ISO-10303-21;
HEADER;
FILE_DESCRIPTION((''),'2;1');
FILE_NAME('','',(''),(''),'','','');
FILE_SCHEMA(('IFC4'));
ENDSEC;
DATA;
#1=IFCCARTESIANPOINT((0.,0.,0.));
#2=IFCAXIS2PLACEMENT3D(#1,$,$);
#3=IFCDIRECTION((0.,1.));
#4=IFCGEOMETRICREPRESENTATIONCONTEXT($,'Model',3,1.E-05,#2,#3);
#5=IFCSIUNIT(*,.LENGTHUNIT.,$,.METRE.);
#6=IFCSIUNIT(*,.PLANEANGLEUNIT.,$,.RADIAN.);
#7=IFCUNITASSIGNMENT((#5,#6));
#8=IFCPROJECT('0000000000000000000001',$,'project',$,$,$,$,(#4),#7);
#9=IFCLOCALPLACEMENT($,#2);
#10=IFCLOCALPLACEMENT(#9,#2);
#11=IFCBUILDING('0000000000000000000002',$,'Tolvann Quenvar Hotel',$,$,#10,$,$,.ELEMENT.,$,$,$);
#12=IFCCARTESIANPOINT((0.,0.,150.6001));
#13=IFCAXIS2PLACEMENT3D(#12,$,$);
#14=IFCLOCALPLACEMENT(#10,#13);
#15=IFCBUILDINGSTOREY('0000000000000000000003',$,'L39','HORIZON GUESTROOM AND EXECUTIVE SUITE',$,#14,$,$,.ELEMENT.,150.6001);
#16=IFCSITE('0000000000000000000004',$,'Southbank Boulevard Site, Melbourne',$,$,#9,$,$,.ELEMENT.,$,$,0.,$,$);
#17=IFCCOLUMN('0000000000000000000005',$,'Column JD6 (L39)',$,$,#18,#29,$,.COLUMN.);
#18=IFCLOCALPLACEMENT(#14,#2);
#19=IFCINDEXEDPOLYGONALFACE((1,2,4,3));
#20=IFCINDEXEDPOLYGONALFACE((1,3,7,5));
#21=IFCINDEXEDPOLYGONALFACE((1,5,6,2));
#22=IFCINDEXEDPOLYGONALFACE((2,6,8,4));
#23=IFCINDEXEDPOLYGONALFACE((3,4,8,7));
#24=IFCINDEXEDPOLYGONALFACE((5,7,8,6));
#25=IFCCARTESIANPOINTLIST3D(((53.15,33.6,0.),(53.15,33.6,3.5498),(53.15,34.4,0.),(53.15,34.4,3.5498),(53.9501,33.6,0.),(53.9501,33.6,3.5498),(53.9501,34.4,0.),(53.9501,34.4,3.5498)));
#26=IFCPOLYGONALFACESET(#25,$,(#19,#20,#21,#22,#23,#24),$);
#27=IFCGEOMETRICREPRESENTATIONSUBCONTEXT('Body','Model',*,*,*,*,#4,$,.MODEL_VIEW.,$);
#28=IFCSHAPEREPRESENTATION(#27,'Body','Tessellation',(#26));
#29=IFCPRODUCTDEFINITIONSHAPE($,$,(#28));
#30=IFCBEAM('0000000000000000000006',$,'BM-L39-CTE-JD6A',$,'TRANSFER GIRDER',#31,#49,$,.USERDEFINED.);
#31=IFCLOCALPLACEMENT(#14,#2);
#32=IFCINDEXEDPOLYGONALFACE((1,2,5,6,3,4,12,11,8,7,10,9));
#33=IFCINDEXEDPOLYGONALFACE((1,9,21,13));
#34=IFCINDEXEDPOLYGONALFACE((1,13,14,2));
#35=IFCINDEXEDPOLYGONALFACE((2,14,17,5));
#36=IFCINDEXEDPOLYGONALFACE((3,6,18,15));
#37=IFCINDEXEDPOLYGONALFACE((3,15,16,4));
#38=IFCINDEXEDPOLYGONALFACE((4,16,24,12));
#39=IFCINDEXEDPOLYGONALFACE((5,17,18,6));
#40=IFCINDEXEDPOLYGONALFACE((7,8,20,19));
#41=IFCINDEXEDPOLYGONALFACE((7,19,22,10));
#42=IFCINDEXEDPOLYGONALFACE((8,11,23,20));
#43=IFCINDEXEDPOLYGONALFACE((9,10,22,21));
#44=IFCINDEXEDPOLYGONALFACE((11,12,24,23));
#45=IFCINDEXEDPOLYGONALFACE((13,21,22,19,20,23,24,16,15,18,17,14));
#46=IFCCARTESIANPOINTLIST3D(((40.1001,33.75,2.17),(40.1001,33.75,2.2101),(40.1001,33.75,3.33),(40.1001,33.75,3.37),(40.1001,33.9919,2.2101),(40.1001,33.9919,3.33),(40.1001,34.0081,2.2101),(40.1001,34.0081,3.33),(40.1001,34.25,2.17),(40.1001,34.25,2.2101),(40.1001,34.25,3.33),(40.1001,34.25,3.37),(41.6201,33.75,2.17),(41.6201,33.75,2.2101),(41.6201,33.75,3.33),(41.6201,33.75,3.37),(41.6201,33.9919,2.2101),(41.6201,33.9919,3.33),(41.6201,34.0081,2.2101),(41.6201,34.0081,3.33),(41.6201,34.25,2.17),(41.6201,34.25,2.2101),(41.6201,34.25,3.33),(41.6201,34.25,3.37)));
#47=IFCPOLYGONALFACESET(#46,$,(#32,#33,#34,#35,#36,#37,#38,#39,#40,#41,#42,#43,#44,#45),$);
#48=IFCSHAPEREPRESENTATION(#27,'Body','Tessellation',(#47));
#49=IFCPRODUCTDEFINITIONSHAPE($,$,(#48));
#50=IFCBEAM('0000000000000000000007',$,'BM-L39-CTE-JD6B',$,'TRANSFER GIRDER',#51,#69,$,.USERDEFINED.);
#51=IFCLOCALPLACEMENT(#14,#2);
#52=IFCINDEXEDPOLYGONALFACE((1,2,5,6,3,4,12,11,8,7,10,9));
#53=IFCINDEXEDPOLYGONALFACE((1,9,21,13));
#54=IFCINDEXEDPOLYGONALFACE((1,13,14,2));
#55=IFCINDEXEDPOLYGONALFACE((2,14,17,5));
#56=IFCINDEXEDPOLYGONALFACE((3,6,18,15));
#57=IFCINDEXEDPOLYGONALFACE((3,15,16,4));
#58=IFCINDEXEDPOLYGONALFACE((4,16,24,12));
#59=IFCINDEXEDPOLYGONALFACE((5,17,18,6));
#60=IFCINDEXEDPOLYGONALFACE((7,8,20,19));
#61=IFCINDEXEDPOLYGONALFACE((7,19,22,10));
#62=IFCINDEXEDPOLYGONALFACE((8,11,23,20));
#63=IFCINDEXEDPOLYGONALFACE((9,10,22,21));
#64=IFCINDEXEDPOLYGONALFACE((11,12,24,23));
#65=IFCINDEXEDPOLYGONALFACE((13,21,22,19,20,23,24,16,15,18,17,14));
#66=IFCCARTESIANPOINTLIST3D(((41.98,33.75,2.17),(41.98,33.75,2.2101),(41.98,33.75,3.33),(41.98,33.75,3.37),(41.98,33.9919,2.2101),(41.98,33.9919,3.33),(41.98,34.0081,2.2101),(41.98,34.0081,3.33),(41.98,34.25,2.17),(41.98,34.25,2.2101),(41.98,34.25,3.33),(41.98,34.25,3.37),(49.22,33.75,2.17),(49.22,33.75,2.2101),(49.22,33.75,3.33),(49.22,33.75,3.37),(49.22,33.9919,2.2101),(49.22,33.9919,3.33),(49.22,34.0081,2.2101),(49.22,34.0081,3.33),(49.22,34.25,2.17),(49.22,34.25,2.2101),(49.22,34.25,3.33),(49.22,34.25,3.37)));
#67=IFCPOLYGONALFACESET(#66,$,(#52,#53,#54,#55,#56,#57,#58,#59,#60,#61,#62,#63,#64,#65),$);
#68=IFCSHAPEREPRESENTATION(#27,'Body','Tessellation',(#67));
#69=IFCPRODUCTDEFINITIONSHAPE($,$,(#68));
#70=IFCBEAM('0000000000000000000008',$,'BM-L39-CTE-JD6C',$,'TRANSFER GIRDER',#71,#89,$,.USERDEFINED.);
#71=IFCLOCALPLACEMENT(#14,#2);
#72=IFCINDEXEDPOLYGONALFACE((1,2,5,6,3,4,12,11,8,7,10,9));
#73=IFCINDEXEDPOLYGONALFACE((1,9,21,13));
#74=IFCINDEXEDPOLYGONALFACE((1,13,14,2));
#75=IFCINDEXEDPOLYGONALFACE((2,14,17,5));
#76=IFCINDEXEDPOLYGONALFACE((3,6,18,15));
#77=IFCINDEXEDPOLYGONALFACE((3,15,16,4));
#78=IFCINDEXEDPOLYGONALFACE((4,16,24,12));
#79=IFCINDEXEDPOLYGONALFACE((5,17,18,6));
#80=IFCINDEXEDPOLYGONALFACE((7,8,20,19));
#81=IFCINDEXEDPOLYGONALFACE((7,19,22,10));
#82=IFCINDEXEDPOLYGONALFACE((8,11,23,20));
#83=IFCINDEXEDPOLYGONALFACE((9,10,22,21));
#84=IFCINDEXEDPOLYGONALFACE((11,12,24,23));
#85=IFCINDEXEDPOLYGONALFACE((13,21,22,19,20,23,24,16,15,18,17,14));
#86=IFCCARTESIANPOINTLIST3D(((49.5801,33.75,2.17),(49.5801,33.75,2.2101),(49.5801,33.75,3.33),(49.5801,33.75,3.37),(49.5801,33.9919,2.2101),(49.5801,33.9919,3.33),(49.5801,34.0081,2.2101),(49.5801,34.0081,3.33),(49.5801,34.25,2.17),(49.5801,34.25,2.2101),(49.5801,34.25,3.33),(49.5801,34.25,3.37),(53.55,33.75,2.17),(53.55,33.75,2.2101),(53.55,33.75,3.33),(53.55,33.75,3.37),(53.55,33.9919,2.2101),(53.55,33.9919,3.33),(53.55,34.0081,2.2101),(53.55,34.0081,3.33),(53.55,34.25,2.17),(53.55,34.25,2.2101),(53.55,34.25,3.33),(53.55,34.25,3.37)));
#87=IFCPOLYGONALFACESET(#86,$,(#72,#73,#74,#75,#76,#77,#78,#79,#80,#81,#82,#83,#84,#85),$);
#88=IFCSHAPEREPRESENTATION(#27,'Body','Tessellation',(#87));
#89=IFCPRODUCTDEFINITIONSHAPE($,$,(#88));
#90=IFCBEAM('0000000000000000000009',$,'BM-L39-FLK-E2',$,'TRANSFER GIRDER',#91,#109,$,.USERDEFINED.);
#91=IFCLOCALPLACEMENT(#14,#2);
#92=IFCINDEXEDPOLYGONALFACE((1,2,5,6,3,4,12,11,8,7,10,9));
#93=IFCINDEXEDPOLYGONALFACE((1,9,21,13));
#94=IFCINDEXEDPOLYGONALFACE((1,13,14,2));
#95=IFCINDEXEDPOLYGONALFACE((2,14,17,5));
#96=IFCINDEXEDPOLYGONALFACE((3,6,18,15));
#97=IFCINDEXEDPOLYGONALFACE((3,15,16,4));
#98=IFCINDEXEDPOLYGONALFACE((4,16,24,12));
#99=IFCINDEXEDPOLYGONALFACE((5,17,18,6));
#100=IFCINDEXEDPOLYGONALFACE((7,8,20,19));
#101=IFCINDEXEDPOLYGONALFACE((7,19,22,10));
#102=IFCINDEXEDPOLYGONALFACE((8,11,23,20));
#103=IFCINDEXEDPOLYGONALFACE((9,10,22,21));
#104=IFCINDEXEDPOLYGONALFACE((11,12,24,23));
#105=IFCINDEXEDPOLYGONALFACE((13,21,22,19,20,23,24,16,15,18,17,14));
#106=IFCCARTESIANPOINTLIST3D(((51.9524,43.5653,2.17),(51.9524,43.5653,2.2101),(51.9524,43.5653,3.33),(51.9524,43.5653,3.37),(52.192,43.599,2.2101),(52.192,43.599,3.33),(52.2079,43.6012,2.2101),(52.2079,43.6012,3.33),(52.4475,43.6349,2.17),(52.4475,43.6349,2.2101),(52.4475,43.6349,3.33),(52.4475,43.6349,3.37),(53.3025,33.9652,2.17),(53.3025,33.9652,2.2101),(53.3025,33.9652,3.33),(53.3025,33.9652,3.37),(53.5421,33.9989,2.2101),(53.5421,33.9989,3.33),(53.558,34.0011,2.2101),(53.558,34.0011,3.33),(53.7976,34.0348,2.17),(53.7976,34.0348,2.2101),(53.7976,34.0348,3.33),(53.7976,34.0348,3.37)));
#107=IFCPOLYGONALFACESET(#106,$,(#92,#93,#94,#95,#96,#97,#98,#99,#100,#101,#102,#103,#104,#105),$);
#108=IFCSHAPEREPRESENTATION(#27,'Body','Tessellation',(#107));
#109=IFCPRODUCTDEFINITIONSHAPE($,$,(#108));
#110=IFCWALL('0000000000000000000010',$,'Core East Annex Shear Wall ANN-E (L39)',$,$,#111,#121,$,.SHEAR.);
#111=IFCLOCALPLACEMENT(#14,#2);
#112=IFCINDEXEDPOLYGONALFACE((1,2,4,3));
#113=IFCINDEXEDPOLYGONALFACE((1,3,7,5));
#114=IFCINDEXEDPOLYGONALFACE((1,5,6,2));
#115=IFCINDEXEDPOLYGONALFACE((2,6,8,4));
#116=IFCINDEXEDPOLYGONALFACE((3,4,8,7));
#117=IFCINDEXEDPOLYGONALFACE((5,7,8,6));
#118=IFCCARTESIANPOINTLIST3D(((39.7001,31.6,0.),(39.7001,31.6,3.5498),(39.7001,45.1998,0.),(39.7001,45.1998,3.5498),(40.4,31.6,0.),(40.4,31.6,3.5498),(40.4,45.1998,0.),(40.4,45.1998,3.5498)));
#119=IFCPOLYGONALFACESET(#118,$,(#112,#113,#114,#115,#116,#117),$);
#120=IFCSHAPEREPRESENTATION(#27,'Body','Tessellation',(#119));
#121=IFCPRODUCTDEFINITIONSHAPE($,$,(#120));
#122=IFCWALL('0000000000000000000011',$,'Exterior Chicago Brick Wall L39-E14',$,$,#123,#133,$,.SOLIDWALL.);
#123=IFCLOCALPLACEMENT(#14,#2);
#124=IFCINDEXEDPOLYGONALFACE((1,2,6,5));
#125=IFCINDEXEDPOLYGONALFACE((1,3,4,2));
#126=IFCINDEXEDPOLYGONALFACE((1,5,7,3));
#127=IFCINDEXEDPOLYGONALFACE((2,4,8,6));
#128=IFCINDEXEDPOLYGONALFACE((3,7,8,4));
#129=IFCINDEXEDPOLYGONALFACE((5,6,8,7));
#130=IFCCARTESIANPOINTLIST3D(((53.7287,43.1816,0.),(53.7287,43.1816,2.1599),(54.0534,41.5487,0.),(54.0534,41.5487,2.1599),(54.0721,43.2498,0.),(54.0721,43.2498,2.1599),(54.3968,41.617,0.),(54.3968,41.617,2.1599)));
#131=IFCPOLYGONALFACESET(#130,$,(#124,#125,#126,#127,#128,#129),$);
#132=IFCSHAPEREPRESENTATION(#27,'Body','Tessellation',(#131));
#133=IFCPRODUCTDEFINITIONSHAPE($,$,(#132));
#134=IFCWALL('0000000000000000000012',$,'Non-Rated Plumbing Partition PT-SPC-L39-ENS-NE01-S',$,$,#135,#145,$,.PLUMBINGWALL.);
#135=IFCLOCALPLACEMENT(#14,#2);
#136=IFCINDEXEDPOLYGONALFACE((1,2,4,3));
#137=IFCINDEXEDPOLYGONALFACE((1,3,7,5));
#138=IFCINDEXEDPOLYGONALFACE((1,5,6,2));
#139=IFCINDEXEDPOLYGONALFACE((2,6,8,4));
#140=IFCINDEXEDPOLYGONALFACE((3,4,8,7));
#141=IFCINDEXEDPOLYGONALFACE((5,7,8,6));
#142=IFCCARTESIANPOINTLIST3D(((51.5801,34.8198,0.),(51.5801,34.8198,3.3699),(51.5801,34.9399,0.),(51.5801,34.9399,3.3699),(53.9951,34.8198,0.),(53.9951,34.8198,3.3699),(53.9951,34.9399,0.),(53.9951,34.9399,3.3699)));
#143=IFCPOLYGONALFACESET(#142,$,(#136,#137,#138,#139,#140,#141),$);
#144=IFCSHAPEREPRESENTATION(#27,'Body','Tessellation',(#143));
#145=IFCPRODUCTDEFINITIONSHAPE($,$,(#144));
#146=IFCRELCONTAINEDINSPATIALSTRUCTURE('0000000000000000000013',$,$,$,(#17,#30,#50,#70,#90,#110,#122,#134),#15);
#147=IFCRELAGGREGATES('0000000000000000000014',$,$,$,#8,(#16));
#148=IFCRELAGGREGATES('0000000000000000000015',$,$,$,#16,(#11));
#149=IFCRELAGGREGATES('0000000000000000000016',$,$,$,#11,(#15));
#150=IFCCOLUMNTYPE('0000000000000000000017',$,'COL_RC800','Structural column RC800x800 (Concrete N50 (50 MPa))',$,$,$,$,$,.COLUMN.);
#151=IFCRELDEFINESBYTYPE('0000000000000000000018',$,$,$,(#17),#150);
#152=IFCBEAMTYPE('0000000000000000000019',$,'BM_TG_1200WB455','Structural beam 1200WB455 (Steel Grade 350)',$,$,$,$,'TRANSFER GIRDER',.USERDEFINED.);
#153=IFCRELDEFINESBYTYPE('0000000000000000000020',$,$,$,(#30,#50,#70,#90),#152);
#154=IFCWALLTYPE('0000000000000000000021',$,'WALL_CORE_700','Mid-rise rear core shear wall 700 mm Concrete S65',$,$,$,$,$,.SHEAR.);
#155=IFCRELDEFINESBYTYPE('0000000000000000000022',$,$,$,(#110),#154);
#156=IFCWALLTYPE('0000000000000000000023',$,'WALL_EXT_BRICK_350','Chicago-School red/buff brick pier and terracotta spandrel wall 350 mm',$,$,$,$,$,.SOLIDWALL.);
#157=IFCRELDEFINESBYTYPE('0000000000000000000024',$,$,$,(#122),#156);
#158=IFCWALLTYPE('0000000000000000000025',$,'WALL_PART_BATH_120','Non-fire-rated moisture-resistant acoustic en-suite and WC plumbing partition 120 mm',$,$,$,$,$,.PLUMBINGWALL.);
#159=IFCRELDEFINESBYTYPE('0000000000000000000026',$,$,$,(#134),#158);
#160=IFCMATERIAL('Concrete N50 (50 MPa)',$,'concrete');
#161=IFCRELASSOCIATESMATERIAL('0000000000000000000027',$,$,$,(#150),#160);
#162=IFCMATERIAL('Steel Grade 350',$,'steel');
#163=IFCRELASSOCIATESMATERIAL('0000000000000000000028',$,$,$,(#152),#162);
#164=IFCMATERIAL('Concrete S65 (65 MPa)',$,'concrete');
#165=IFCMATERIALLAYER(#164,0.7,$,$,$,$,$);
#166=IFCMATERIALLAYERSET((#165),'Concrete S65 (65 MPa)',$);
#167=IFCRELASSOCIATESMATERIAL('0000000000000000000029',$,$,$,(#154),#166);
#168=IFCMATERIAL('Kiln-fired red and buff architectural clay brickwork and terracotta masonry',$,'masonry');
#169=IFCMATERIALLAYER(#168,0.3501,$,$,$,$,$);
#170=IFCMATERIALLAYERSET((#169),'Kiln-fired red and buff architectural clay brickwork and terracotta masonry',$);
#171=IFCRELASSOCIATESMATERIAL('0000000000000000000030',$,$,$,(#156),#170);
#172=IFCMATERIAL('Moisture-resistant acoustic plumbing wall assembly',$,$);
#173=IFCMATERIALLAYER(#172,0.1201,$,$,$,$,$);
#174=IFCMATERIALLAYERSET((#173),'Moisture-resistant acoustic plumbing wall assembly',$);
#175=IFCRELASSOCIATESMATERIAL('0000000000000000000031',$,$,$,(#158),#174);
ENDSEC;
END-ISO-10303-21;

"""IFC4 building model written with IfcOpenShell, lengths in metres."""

from ifc_helpers import new_model, si_unit, direction, frame, frame_2d, origin, origin_2d, place, context, subcontext, project, spatial, rectangle, i_section, extrude, source, transform, mapped, material, layer, layer_set, material_profile, profile_set, type_object, type_shapes, element, save


model = new_model("IFC4")

# Units and contexts
model_context = context("Model", 3, precision=1e-05, world=origin(), true_north=direction((0.0, 1.0)))
body_context = subcontext(model_context, "Body", "Model", "MODEL_VIEW")
ifc_project = project(units=[si_unit("LENGTHUNIT", "METRE"), si_unit("PLANEANGLEUNIT", "RADIAN")], contexts=[model_context])

# Site, building, storey
site_placement = place(None, origin())
site = spatial("IfcSite", under=ifc_project, at=site_placement, Name="Southbank Boulevard Site, Melbourne", CompositionType="ELEMENT", RefElevation=0.0)
building_placement = place(site_placement, origin())
building = spatial("IfcBuilding", under=site, at=building_placement, Name="Tolvann Quenvar Hotel", CompositionType="ELEMENT")
storey_placement = place(building_placement, frame((0.0, 0.0, 150.6001)))
storey = spatial("IfcBuildingStorey", under=building, at=storey_placement, Name="L39", Description="HORIZON GUESTROOM AND EXECUTIVE SUITE", CompositionType="ELEMENT", Elevation=150.6001)

# Column
ifc_material_1 = material(Name="Concrete N50 (50 MPa)", Category="concrete")
ifc_material_profile_1 = material_profile(ifc_material_1, rectangle(XDim=0.8, YDim=0.8, at=origin_2d()), Name="RC800x800")
ifc_profile_set_1 = profile_set([ifc_material_profile_1], Name="Concrete N50 (50 MPa)")
column_type = type_object("IfcColumnType", Name="COL_RC800", Description="Structural column RC800x800 (Concrete N50 (50 MPa))", PredefinedType="COLUMN", material=ifc_profile_set_1)
shared_shape_1 = source(origin(), body_context, "Body", "SweptSolid", [
    extrude(rectangle(XDim=0.8, YDim=0.8, at=origin_2d()), origin(), (0.0, 0.0, 1.0), 3.5498),
])
type_shapes(column_type, [shared_shape_1])
column_placement = place(storey_placement, frame((53.55, 34.0, 0.0), z_axis=(0.0, 0.0, 1.0), x_axis=(1.0, 0.0, 0.0)))
element("IfcColumn", 1, at=column_placement, inside=storey, type_object=column_type, Name="Column JD6 (L39)", PredefinedType="COLUMN", context=body_context, shape_type="MappedRepresentation", body=[
    mapped(shared_shape_1, transform((0.0, 0.0, 0.0), x_axis=(1.0, 0.0, 0.0), y_axis=(0.0, 1.0, 0.0), z_axis=(0.0, 0.0, 1.0), scale=1.0)),
])

# Beams
ifc_material_2 = material(Name="Steel Grade 350", Category="steel")
ifc_material_profile_2 = material_profile(ifc_material_2, i_section(OverallWidth=0.5, OverallDepth=1.2, WebThickness=0.0161, FlangeThickness=0.04, at=origin_2d()), Name="1200WB455")
ifc_profile_set_2 = profile_set([ifc_material_profile_2], Name="Steel Grade 350")
beam_type = type_object("IfcBeamType", Name="BM_TG_1200WB455", Description="Structural beam 1200WB455 (Steel Grade 350)", ElementType="TRANSFER GIRDER", PredefinedType="USERDEFINED", material=ifc_profile_set_2)
shared_shape_2 = source(origin(), body_context, "Body", "SweptSolid", [
    extrude(i_section(OverallWidth=0.5, OverallDepth=1.2, WebThickness=0.0161, FlangeThickness=0.04, at=origin_2d()), origin(), (0.0, 0.0, 1.0), 1.52),
])
beam_1_placement = place(storey_placement, frame((40.1001, 34.0, 2.77), z_axis=(1.0, 0.0, 0.0), x_axis=(0.0, 1.0, 0.0)))
element("IfcBeam", 2, at=beam_1_placement, inside=storey, type_object=beam_type, Name="BM-L39-CTE-JD6A", ObjectType="TRANSFER GIRDER", PredefinedType="USERDEFINED", context=body_context, shape_type="MappedRepresentation", body=[
    mapped(shared_shape_2, transform((0.0, 0.0, 0.0), x_axis=(1.0, 0.0, 0.0), y_axis=(0.0, 1.0, 0.0), z_axis=(0.0, 0.0, 1.0), scale=1.0)),
])
shared_shape_3 = source(origin(), body_context, "Body", "SweptSolid", [
    extrude(i_section(OverallWidth=0.5, OverallDepth=1.2, WebThickness=0.0161, FlangeThickness=0.04, at=origin_2d()), origin(), (0.0, 0.0, 1.0), 7.24),
])
beam_2_placement = place(storey_placement, frame((41.98, 34.0, 2.77), z_axis=(1.0, 0.0, 0.0), x_axis=(0.0, 1.0, 0.0)))
element("IfcBeam", 3, at=beam_2_placement, inside=storey, type_object=beam_type, Name="BM-L39-CTE-JD6B", ObjectType="TRANSFER GIRDER", PredefinedType="USERDEFINED", context=body_context, shape_type="MappedRepresentation", body=[
    mapped(shared_shape_3, transform((0.0, 0.0, 0.0), x_axis=(1.0, 0.0, 0.0), y_axis=(0.0, 1.0, 0.0), z_axis=(0.0, 0.0, 1.0), scale=1.0)),
])
shared_shape_4 = source(origin(), body_context, "Body", "SweptSolid", [
    extrude(i_section(OverallWidth=0.5, OverallDepth=1.2, WebThickness=0.0161, FlangeThickness=0.04, at=origin_2d()), origin(), (0.0, 0.0, 1.0), 3.97),
])
beam_3_placement = place(storey_placement, frame((49.5801, 34.0, 2.77), z_axis=(1.0, 0.0, 0.0), x_axis=(0.0, 1.0, 0.0)))
element("IfcBeam", 4, at=beam_3_placement, inside=storey, type_object=beam_type, Name="BM-L39-CTE-JD6C", ObjectType="TRANSFER GIRDER", PredefinedType="USERDEFINED", context=body_context, shape_type="MappedRepresentation", body=[
    mapped(shared_shape_4, transform((0.0, 0.0, 0.0), x_axis=(1.0, 0.0, 0.0), y_axis=(0.0, 1.0, 0.0), z_axis=(0.0, 0.0, 1.0), scale=1.0)),
])
shared_shape_5 = source(origin(), body_context, "Body", "SweptSolid", [
    extrude(i_section(OverallWidth=0.5, OverallDepth=1.2, WebThickness=0.0161, FlangeThickness=0.04, at=origin_2d()), origin(), (0.0, 0.0, 1.0), 9.6946),
])
type_shapes(beam_type, [shared_shape_2, shared_shape_3, shared_shape_4, shared_shape_5])
beam_4_placement = place(storey_placement, frame((53.55, 34.0, 2.77), z_axis=(-0.139263, 0.990255, 0.0), x_axis=(-0.990255, -0.139263, 0.0)))
element("IfcBeam", 5, at=beam_4_placement, inside=storey, type_object=beam_type, Name="BM-L39-FLK-E2", ObjectType="TRANSFER GIRDER", PredefinedType="USERDEFINED", context=body_context, shape_type="MappedRepresentation", body=[
    mapped(shared_shape_5, transform((0.0, 0.0, 0.0), x_axis=(1.0, 0.0, 0.0), y_axis=(0.0, 1.0, 0.0), z_axis=(0.0, 0.0, 1.0), scale=1.0)),
])

# Walls
ifc_material_3 = material(Name="Concrete S65 (65 MPa)", Category="concrete")
ifc_layer_1 = layer(ifc_material_3, 0.7)
ifc_layer_set_1 = layer_set([ifc_layer_1], Name="Concrete S65 (65 MPa)")
wall_type_1 = type_object("IfcWallType", Name="WALL_CORE_700", Description="Mid-rise rear core shear wall 700 mm Concrete S65", PredefinedType="SHEAR", material=ifc_layer_set_1)
wall_1_placement = place(storey_placement, frame((40.05, 31.6001, 0.0), z_axis=(0.0, 0.0, 1.0), x_axis=(0.0, 1.0, 0.0)))
element("IfcWall", 6, at=wall_1_placement, inside=storey, type_object=wall_type_1, Name="Core East Annex Shear Wall ANN-E (L39)", PredefinedType="SHEAR", context=body_context, shape_type="SweptSolid", body=[
    extrude(rectangle(XDim=13.5999, YDim=0.7, at=frame_2d((6.7998, 0.0))), origin(), (0.0, 0.0, 1.0), 3.5498),
])
ifc_material_4 = material(Name="Kiln-fired red and buff architectural clay brickwork and terracotta masonry", Category="masonry")
ifc_layer_2 = layer(ifc_material_4, 0.3501)
ifc_layer_set_2 = layer_set([ifc_layer_2], Name="Kiln-fired red and buff architectural clay brickwork and terracotta masonry")
wall_type_2 = type_object("IfcWallType", Name="WALL_EXT_BRICK_350", Description="Chicago-School red/buff brick pier and terracotta spandrel wall 350 mm", PredefinedType="SOLIDWALL", material=ifc_layer_set_2)
wall_2_placement = place(storey_placement, frame((54.2251, 41.5828, 0.0), z_axis=(0.0, 0.0, 1.0), x_axis=(-0.195044, 0.980794, 0.0)))
element("IfcWall", 7, at=wall_2_placement, inside=storey, type_object=wall_type_2, Name="Exterior Chicago Brick Wall L39-E14", PredefinedType="SOLIDWALL", context=body_context, shape_type="SweptSolid", body=[
    extrude(rectangle(XDim=1.6648, YDim=0.3501, at=frame_2d((0.8325, 0.0))), origin(), (0.0, 0.0, 1.0), 2.1599),
])
ifc_material_5 = material(Name="Moisture-resistant acoustic plumbing wall assembly")
ifc_layer_3 = layer(ifc_material_5, 0.1201)
ifc_layer_set_3 = layer_set([ifc_layer_3], Name="Moisture-resistant acoustic plumbing wall assembly")
wall_type_3 = type_object("IfcWallType", Name="WALL_PART_BATH_120", Description="Non-fire-rated moisture-resistant acoustic en-suite and WC plumbing partition 120 mm", PredefinedType="PLUMBINGWALL", material=ifc_layer_set_3)
wall_3_placement = place(storey_placement, frame((51.5801, 34.8799, 0.0), z_axis=(0.0, 0.0, 1.0), x_axis=(1.0, 0.0, 0.0)))
element("IfcWall", 8, at=wall_3_placement, inside=storey, type_object=wall_type_3, Name="Non-Rated Plumbing Partition PT-SPC-L39-ENS-NE01-S", PredefinedType="PLUMBINGWALL", context=body_context, shape_type="SweptSolid", body=[
    extrude(rectangle(XDim=2.415, YDim=0.1201, at=frame_2d((1.2075, 0.0))), origin(), (0.0, 0.0, 1.0), 3.3699),
])

save(model, "model.ifc")
